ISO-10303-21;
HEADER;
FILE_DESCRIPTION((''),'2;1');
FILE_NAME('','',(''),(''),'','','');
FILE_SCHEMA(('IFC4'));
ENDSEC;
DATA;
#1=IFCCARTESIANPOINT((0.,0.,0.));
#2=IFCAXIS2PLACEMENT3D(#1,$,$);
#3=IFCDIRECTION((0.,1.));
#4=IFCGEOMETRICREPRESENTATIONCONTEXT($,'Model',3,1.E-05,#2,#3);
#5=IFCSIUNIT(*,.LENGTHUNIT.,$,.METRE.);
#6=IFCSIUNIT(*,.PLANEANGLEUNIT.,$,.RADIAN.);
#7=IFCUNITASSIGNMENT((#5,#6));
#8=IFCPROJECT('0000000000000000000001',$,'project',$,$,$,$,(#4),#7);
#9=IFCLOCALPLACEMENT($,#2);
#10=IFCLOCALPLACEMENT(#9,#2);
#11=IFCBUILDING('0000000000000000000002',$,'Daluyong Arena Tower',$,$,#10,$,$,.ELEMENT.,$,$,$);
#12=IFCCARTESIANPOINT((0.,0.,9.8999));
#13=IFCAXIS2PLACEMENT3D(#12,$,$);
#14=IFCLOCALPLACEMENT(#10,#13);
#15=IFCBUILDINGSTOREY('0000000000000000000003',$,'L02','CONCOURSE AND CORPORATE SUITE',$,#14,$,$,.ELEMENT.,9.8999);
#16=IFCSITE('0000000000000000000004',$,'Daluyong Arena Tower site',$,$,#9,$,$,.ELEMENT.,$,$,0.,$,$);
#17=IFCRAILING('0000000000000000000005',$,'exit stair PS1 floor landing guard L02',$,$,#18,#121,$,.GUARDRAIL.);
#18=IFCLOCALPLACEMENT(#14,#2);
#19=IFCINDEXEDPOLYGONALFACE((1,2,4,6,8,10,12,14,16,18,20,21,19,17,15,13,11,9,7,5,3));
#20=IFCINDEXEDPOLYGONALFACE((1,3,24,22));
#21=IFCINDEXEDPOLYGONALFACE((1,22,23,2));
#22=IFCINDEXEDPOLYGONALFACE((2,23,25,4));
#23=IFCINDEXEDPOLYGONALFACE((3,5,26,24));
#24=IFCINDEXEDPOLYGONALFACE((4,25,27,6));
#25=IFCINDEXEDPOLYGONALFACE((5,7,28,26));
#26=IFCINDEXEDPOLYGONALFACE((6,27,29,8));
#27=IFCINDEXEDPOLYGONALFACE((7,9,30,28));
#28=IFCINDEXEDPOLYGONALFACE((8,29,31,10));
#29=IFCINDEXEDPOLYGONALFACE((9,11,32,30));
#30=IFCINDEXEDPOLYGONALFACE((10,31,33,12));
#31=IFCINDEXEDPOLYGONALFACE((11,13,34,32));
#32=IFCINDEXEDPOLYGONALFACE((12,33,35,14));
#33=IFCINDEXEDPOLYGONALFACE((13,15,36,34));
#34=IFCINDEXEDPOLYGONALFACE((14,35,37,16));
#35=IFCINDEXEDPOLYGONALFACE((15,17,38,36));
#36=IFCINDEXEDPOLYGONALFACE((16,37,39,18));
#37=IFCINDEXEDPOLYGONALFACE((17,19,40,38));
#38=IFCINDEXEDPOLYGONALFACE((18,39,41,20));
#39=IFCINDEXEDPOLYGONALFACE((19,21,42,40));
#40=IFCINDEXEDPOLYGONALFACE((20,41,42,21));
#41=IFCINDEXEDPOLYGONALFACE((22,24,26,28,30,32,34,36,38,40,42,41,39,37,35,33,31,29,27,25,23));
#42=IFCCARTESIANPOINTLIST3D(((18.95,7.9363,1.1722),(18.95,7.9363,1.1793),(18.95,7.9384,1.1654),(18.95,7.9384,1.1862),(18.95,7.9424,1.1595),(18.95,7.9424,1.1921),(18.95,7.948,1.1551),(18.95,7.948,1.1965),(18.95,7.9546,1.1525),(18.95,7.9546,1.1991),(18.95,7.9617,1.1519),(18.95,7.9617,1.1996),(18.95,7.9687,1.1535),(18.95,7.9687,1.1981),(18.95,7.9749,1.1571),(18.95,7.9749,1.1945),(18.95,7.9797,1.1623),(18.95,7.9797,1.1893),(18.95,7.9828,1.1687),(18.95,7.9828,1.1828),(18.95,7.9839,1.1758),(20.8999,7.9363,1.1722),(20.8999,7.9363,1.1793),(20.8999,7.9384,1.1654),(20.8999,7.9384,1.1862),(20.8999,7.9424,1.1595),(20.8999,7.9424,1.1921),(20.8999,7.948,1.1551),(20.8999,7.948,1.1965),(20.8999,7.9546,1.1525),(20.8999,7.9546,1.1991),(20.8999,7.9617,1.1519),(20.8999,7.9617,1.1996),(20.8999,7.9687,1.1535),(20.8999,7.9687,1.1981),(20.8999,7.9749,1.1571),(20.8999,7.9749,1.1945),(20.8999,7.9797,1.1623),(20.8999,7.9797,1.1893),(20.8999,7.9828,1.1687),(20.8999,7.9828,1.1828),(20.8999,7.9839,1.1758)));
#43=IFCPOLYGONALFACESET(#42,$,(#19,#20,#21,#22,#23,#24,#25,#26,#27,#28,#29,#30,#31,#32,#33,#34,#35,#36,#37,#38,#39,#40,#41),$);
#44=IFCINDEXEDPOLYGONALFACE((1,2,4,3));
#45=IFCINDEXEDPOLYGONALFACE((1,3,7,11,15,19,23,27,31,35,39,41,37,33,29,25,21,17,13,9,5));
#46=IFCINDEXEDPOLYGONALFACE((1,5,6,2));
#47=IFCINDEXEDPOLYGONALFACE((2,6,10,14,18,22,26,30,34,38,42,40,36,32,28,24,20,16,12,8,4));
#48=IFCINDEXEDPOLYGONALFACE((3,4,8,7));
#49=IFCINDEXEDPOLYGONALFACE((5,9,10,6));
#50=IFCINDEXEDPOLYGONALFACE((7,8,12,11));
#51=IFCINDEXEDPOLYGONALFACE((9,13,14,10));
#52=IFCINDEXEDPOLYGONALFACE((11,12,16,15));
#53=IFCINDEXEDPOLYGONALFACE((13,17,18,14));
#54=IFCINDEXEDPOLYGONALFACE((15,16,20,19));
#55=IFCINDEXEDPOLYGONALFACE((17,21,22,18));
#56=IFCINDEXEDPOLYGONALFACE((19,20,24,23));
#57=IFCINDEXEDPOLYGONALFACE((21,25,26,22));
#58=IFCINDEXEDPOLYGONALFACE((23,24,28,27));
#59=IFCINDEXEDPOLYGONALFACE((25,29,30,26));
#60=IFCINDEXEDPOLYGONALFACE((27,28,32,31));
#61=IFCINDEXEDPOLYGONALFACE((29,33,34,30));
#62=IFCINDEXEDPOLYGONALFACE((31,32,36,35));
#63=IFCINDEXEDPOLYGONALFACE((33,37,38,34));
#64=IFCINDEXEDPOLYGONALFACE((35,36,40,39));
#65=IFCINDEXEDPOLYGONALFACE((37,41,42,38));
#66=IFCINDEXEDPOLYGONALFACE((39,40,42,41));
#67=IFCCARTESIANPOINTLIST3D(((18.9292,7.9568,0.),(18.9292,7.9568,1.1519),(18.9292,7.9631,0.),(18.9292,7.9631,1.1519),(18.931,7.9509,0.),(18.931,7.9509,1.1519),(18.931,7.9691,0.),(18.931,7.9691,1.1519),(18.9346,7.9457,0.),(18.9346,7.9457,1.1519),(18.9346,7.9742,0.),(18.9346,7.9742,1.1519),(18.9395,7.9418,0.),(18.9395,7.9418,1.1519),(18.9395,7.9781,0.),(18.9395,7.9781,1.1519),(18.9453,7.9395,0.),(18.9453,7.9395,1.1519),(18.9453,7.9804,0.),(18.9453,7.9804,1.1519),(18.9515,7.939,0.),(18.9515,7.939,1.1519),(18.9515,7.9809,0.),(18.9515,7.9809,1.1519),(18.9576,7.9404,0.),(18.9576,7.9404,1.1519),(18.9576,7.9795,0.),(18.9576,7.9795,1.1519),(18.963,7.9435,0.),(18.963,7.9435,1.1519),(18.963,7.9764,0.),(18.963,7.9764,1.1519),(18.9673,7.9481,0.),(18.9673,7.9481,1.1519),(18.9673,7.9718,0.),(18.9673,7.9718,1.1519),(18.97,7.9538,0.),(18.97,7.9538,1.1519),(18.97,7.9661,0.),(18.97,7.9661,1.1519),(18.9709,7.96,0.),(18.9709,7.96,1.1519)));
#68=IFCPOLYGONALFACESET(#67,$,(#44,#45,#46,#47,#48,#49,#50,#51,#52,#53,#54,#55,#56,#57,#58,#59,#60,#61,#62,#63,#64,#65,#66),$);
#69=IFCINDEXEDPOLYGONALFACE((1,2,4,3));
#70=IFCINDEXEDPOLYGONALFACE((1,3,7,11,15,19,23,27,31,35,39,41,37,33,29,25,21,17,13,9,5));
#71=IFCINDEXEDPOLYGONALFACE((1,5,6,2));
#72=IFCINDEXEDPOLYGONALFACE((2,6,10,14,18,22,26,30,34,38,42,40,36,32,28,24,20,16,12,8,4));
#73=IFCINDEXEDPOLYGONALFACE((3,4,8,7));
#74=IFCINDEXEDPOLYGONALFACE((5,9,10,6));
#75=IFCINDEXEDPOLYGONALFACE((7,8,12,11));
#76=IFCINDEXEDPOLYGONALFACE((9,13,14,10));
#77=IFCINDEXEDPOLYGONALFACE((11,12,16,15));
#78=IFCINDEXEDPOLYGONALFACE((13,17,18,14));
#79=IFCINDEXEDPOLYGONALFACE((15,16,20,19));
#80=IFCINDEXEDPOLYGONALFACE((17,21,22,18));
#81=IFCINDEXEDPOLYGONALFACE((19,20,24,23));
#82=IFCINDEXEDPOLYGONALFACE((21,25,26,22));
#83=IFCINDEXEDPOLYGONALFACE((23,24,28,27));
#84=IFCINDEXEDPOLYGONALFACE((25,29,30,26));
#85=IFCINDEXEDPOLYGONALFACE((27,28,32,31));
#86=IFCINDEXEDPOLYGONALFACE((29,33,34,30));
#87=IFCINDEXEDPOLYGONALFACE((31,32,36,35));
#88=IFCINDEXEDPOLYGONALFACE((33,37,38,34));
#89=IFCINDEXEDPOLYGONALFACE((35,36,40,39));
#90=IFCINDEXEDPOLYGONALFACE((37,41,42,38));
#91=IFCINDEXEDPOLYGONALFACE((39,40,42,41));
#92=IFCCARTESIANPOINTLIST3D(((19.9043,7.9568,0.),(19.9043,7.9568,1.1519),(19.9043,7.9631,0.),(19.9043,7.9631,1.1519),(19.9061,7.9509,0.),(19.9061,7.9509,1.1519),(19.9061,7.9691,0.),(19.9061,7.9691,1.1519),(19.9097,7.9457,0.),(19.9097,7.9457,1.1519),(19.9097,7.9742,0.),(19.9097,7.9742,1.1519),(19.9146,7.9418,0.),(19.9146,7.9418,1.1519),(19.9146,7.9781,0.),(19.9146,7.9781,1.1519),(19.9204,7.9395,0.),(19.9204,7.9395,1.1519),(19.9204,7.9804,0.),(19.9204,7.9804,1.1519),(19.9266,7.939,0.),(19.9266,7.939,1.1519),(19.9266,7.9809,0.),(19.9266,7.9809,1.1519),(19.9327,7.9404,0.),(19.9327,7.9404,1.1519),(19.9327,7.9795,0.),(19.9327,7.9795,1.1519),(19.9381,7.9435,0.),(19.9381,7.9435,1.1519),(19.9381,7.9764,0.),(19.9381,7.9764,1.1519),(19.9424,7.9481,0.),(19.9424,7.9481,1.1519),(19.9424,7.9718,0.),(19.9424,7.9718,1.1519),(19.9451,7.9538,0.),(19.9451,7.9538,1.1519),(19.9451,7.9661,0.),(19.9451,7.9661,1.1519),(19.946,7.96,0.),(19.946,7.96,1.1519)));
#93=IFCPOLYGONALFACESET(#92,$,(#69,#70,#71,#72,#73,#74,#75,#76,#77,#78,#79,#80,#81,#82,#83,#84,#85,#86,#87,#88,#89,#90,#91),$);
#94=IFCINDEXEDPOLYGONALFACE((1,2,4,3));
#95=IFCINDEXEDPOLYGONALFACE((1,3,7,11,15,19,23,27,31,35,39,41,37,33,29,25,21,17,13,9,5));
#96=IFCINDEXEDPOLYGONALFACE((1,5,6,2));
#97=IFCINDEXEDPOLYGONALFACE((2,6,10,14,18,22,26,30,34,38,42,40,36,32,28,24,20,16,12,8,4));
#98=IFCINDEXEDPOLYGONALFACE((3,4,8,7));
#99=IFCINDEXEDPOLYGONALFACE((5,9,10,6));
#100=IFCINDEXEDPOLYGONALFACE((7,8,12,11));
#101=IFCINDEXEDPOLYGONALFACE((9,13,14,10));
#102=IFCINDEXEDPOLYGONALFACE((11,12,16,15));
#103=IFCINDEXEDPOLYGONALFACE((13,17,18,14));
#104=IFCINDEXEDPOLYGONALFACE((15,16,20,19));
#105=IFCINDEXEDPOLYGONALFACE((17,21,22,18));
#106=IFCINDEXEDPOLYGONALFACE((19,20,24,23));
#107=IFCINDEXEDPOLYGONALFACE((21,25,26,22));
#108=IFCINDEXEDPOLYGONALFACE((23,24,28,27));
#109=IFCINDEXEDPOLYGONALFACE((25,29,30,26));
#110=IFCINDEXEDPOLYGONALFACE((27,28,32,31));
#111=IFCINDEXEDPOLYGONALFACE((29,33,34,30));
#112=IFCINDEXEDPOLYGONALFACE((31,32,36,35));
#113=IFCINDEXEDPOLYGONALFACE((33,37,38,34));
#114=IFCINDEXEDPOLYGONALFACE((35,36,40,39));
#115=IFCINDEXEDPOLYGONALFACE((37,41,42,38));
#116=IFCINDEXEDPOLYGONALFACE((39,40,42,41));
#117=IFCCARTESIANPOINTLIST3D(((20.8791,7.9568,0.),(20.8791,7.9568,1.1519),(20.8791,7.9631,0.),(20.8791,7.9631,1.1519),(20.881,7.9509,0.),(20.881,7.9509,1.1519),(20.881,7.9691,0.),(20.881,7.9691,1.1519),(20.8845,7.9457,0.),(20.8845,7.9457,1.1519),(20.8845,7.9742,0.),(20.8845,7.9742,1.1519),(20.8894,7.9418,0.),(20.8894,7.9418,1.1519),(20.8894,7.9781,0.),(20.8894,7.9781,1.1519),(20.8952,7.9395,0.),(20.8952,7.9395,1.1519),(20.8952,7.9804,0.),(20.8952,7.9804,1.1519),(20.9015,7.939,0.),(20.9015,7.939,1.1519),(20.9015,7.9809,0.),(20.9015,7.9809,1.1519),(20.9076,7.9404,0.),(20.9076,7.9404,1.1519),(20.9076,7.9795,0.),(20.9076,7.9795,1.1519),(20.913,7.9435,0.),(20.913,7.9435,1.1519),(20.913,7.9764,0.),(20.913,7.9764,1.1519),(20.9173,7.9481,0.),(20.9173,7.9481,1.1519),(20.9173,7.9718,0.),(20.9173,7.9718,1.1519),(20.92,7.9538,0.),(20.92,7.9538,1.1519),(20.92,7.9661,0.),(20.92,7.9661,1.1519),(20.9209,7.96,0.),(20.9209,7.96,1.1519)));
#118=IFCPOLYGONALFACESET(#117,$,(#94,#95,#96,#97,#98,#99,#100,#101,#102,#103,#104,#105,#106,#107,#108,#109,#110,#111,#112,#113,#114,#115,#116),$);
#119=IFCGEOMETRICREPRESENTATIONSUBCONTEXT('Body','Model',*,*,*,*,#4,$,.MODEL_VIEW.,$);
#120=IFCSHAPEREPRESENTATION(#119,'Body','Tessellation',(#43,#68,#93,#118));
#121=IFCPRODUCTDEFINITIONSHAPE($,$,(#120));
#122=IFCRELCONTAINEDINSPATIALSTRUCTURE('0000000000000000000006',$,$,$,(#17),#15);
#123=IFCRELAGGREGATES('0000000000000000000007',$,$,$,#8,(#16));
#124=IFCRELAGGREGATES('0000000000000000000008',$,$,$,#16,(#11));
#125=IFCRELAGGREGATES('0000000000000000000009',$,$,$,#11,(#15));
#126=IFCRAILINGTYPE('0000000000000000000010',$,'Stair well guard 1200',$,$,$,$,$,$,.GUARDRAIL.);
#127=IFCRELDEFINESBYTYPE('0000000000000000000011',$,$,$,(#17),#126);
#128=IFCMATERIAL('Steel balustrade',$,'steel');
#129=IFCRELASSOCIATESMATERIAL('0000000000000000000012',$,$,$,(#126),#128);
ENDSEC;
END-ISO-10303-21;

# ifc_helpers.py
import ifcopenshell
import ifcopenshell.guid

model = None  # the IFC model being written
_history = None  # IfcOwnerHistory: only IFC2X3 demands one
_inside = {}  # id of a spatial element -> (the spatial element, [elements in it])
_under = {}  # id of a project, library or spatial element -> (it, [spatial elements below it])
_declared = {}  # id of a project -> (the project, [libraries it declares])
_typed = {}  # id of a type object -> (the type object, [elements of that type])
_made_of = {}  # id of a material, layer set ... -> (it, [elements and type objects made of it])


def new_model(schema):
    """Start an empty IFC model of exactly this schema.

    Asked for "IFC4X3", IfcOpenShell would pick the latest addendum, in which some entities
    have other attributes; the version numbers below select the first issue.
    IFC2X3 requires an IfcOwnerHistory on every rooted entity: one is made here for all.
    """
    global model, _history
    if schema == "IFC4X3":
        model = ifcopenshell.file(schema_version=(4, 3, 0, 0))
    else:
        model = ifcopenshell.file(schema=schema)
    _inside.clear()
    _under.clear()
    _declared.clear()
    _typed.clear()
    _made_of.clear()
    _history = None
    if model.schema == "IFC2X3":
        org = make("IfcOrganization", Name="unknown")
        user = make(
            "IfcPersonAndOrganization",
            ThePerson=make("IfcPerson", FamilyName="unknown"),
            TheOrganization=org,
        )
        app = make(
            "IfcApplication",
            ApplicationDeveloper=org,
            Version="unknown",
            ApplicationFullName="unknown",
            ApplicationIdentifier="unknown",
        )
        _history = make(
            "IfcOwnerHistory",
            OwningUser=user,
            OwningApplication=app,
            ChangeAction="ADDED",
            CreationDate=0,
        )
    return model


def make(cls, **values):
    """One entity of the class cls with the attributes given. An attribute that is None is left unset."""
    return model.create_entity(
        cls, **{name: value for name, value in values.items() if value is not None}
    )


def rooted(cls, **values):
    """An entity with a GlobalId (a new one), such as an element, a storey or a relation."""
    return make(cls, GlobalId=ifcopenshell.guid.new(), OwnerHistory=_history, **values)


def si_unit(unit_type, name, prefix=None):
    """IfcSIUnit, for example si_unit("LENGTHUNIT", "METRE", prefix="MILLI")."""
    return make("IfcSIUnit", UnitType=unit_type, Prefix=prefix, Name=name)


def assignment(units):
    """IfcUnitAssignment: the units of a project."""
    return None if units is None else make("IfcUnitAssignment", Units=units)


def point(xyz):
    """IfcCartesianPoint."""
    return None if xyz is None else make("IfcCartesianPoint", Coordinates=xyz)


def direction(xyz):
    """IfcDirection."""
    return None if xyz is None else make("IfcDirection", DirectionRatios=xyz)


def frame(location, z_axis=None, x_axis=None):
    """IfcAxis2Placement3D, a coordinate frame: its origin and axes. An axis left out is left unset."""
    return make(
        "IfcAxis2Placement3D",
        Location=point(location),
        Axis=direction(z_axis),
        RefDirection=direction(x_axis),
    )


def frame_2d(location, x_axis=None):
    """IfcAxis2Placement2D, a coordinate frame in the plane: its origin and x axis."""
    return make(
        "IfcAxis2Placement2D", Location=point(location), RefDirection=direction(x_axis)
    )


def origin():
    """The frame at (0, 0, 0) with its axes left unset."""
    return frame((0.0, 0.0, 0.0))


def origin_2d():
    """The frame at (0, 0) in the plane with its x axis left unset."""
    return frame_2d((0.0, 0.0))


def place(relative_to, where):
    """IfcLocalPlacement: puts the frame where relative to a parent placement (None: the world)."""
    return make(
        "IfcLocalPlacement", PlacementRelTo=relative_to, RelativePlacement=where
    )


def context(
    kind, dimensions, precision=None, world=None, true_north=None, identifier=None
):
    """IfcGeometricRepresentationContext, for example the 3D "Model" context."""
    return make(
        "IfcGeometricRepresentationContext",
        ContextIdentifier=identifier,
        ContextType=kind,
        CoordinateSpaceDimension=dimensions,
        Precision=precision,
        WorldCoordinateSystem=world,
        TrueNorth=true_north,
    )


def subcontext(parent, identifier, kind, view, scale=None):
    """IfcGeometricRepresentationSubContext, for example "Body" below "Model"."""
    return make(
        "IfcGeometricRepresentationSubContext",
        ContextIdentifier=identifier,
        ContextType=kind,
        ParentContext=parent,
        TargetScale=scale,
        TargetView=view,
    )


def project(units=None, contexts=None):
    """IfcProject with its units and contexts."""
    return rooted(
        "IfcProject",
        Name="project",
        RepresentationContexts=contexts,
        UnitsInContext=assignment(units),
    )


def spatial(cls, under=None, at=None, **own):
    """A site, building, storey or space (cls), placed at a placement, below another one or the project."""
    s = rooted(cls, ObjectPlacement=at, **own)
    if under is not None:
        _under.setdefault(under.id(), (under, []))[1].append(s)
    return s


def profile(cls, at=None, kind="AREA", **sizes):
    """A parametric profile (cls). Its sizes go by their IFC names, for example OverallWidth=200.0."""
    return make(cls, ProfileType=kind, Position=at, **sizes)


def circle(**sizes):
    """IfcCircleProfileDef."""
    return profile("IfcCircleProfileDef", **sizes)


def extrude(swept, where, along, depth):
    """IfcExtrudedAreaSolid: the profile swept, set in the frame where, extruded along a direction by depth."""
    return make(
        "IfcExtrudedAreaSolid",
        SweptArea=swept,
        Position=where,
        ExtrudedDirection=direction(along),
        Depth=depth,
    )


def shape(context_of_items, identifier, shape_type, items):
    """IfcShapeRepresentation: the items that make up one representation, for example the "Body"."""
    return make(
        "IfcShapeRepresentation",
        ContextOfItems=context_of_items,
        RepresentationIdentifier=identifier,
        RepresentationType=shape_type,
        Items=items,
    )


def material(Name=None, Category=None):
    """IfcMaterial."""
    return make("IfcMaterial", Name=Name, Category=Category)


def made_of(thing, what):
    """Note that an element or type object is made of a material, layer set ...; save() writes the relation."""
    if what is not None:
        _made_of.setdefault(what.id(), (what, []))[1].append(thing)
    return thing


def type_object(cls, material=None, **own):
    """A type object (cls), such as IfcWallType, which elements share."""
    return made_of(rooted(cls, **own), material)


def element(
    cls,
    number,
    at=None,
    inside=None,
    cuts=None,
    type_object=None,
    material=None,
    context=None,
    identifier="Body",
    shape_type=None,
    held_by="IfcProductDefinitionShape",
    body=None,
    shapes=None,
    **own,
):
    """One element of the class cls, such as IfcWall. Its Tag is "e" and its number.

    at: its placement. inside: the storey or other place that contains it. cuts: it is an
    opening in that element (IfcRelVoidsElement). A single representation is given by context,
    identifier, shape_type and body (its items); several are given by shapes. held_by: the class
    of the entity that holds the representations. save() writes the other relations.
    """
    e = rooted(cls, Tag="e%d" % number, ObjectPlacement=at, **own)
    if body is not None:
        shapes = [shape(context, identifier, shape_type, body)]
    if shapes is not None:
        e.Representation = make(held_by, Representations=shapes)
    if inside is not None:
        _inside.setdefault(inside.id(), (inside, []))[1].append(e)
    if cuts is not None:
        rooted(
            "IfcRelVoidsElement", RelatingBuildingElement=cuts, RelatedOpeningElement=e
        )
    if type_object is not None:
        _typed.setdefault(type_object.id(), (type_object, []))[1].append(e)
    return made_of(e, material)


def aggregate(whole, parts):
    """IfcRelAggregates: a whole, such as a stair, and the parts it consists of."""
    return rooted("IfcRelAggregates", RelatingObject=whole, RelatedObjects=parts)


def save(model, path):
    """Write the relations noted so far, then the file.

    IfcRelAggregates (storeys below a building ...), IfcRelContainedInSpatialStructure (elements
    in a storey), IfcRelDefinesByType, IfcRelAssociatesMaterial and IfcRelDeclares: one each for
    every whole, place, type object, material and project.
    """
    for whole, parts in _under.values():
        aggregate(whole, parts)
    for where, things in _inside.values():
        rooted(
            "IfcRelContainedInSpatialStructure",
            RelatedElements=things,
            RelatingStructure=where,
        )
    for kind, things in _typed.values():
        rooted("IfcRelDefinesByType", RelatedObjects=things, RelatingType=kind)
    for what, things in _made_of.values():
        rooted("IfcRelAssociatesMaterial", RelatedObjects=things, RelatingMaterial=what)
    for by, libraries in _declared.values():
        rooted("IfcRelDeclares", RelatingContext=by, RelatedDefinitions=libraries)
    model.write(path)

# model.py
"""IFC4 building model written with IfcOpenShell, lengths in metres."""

from ifc_helpers import new_model, si_unit, direction, frame, origin, origin_2d, place, context, subcontext, project, spatial, circle, extrude, material, type_object, element, save


model = new_model("IFC4")

# Units and contexts
model_context = context("Model", 3, precision=1e-05, world=origin(), true_north=direction((0.0, 1.0)))
body_context = subcontext(model_context, "Body", "Model", "MODEL_VIEW")
ifc_project = project(units=[si_unit("LENGTHUNIT", "METRE"), si_unit("PLANEANGLEUNIT", "RADIAN")], contexts=[model_context])

# Site, building, storey
site_placement = place(None, origin())
site = spatial("IfcSite", under=ifc_project, at=site_placement, Name="Daluyong Arena Tower site", CompositionType="ELEMENT", RefElevation=0.0)
building_placement = place(site_placement, origin())
building = spatial("IfcBuilding", under=site, at=building_placement, Name="Daluyong Arena Tower", CompositionType="ELEMENT")
storey_placement = place(building_placement, frame((0.0, 0.0, 9.8999)))
storey = spatial("IfcBuildingStorey", under=building, at=storey_placement, Name="L02", Description="CONCOURSE AND CORPORATE SUITE", CompositionType="ELEMENT", Elevation=9.8999)

# Railing
ifc_material_1 = material(Name="Steel balustrade", Category="steel")
railing_type_1 = type_object("IfcRailingType", Name="Stair well guard 1200", PredefinedType="GUARDRAIL", material=ifc_material_1)
railing_1_placement = place(storey_placement, frame((18.95, 7.96, 0.0)))
element("IfcRailing", 1, at=railing_1_placement, inside=storey, type_object=railing_type_1, Name="exit stair PS1 floor landing guard L02", PredefinedType="GUARDRAIL", context=body_context, shape_type="SweptSolid", body=[
    extrude(circle(Radius=0.0239, at=origin_2d()), frame((0.0, 0.0, 1.1758), z_axis=(1.0, 0.0, 0.0), x_axis=(0.0, 1.0, 0.0)), (0.0, 0.0, 1.0), 1.95),
    extrude(circle(Radius=0.021, at=origin_2d()), origin(), (0.0, 0.0, 1.0), 1.1519),
    extrude(circle(Radius=0.021, at=origin_2d()), frame((0.9751, 0.0, 0.0)), (0.0, 0.0, 1.0), 1.1519),
    extrude(circle(Radius=0.021, at=origin_2d()), frame((1.95, 0.0, 0.0)), (0.0, 0.0, 1.0), 1.1519),
])

save(model, "model.ifc")
